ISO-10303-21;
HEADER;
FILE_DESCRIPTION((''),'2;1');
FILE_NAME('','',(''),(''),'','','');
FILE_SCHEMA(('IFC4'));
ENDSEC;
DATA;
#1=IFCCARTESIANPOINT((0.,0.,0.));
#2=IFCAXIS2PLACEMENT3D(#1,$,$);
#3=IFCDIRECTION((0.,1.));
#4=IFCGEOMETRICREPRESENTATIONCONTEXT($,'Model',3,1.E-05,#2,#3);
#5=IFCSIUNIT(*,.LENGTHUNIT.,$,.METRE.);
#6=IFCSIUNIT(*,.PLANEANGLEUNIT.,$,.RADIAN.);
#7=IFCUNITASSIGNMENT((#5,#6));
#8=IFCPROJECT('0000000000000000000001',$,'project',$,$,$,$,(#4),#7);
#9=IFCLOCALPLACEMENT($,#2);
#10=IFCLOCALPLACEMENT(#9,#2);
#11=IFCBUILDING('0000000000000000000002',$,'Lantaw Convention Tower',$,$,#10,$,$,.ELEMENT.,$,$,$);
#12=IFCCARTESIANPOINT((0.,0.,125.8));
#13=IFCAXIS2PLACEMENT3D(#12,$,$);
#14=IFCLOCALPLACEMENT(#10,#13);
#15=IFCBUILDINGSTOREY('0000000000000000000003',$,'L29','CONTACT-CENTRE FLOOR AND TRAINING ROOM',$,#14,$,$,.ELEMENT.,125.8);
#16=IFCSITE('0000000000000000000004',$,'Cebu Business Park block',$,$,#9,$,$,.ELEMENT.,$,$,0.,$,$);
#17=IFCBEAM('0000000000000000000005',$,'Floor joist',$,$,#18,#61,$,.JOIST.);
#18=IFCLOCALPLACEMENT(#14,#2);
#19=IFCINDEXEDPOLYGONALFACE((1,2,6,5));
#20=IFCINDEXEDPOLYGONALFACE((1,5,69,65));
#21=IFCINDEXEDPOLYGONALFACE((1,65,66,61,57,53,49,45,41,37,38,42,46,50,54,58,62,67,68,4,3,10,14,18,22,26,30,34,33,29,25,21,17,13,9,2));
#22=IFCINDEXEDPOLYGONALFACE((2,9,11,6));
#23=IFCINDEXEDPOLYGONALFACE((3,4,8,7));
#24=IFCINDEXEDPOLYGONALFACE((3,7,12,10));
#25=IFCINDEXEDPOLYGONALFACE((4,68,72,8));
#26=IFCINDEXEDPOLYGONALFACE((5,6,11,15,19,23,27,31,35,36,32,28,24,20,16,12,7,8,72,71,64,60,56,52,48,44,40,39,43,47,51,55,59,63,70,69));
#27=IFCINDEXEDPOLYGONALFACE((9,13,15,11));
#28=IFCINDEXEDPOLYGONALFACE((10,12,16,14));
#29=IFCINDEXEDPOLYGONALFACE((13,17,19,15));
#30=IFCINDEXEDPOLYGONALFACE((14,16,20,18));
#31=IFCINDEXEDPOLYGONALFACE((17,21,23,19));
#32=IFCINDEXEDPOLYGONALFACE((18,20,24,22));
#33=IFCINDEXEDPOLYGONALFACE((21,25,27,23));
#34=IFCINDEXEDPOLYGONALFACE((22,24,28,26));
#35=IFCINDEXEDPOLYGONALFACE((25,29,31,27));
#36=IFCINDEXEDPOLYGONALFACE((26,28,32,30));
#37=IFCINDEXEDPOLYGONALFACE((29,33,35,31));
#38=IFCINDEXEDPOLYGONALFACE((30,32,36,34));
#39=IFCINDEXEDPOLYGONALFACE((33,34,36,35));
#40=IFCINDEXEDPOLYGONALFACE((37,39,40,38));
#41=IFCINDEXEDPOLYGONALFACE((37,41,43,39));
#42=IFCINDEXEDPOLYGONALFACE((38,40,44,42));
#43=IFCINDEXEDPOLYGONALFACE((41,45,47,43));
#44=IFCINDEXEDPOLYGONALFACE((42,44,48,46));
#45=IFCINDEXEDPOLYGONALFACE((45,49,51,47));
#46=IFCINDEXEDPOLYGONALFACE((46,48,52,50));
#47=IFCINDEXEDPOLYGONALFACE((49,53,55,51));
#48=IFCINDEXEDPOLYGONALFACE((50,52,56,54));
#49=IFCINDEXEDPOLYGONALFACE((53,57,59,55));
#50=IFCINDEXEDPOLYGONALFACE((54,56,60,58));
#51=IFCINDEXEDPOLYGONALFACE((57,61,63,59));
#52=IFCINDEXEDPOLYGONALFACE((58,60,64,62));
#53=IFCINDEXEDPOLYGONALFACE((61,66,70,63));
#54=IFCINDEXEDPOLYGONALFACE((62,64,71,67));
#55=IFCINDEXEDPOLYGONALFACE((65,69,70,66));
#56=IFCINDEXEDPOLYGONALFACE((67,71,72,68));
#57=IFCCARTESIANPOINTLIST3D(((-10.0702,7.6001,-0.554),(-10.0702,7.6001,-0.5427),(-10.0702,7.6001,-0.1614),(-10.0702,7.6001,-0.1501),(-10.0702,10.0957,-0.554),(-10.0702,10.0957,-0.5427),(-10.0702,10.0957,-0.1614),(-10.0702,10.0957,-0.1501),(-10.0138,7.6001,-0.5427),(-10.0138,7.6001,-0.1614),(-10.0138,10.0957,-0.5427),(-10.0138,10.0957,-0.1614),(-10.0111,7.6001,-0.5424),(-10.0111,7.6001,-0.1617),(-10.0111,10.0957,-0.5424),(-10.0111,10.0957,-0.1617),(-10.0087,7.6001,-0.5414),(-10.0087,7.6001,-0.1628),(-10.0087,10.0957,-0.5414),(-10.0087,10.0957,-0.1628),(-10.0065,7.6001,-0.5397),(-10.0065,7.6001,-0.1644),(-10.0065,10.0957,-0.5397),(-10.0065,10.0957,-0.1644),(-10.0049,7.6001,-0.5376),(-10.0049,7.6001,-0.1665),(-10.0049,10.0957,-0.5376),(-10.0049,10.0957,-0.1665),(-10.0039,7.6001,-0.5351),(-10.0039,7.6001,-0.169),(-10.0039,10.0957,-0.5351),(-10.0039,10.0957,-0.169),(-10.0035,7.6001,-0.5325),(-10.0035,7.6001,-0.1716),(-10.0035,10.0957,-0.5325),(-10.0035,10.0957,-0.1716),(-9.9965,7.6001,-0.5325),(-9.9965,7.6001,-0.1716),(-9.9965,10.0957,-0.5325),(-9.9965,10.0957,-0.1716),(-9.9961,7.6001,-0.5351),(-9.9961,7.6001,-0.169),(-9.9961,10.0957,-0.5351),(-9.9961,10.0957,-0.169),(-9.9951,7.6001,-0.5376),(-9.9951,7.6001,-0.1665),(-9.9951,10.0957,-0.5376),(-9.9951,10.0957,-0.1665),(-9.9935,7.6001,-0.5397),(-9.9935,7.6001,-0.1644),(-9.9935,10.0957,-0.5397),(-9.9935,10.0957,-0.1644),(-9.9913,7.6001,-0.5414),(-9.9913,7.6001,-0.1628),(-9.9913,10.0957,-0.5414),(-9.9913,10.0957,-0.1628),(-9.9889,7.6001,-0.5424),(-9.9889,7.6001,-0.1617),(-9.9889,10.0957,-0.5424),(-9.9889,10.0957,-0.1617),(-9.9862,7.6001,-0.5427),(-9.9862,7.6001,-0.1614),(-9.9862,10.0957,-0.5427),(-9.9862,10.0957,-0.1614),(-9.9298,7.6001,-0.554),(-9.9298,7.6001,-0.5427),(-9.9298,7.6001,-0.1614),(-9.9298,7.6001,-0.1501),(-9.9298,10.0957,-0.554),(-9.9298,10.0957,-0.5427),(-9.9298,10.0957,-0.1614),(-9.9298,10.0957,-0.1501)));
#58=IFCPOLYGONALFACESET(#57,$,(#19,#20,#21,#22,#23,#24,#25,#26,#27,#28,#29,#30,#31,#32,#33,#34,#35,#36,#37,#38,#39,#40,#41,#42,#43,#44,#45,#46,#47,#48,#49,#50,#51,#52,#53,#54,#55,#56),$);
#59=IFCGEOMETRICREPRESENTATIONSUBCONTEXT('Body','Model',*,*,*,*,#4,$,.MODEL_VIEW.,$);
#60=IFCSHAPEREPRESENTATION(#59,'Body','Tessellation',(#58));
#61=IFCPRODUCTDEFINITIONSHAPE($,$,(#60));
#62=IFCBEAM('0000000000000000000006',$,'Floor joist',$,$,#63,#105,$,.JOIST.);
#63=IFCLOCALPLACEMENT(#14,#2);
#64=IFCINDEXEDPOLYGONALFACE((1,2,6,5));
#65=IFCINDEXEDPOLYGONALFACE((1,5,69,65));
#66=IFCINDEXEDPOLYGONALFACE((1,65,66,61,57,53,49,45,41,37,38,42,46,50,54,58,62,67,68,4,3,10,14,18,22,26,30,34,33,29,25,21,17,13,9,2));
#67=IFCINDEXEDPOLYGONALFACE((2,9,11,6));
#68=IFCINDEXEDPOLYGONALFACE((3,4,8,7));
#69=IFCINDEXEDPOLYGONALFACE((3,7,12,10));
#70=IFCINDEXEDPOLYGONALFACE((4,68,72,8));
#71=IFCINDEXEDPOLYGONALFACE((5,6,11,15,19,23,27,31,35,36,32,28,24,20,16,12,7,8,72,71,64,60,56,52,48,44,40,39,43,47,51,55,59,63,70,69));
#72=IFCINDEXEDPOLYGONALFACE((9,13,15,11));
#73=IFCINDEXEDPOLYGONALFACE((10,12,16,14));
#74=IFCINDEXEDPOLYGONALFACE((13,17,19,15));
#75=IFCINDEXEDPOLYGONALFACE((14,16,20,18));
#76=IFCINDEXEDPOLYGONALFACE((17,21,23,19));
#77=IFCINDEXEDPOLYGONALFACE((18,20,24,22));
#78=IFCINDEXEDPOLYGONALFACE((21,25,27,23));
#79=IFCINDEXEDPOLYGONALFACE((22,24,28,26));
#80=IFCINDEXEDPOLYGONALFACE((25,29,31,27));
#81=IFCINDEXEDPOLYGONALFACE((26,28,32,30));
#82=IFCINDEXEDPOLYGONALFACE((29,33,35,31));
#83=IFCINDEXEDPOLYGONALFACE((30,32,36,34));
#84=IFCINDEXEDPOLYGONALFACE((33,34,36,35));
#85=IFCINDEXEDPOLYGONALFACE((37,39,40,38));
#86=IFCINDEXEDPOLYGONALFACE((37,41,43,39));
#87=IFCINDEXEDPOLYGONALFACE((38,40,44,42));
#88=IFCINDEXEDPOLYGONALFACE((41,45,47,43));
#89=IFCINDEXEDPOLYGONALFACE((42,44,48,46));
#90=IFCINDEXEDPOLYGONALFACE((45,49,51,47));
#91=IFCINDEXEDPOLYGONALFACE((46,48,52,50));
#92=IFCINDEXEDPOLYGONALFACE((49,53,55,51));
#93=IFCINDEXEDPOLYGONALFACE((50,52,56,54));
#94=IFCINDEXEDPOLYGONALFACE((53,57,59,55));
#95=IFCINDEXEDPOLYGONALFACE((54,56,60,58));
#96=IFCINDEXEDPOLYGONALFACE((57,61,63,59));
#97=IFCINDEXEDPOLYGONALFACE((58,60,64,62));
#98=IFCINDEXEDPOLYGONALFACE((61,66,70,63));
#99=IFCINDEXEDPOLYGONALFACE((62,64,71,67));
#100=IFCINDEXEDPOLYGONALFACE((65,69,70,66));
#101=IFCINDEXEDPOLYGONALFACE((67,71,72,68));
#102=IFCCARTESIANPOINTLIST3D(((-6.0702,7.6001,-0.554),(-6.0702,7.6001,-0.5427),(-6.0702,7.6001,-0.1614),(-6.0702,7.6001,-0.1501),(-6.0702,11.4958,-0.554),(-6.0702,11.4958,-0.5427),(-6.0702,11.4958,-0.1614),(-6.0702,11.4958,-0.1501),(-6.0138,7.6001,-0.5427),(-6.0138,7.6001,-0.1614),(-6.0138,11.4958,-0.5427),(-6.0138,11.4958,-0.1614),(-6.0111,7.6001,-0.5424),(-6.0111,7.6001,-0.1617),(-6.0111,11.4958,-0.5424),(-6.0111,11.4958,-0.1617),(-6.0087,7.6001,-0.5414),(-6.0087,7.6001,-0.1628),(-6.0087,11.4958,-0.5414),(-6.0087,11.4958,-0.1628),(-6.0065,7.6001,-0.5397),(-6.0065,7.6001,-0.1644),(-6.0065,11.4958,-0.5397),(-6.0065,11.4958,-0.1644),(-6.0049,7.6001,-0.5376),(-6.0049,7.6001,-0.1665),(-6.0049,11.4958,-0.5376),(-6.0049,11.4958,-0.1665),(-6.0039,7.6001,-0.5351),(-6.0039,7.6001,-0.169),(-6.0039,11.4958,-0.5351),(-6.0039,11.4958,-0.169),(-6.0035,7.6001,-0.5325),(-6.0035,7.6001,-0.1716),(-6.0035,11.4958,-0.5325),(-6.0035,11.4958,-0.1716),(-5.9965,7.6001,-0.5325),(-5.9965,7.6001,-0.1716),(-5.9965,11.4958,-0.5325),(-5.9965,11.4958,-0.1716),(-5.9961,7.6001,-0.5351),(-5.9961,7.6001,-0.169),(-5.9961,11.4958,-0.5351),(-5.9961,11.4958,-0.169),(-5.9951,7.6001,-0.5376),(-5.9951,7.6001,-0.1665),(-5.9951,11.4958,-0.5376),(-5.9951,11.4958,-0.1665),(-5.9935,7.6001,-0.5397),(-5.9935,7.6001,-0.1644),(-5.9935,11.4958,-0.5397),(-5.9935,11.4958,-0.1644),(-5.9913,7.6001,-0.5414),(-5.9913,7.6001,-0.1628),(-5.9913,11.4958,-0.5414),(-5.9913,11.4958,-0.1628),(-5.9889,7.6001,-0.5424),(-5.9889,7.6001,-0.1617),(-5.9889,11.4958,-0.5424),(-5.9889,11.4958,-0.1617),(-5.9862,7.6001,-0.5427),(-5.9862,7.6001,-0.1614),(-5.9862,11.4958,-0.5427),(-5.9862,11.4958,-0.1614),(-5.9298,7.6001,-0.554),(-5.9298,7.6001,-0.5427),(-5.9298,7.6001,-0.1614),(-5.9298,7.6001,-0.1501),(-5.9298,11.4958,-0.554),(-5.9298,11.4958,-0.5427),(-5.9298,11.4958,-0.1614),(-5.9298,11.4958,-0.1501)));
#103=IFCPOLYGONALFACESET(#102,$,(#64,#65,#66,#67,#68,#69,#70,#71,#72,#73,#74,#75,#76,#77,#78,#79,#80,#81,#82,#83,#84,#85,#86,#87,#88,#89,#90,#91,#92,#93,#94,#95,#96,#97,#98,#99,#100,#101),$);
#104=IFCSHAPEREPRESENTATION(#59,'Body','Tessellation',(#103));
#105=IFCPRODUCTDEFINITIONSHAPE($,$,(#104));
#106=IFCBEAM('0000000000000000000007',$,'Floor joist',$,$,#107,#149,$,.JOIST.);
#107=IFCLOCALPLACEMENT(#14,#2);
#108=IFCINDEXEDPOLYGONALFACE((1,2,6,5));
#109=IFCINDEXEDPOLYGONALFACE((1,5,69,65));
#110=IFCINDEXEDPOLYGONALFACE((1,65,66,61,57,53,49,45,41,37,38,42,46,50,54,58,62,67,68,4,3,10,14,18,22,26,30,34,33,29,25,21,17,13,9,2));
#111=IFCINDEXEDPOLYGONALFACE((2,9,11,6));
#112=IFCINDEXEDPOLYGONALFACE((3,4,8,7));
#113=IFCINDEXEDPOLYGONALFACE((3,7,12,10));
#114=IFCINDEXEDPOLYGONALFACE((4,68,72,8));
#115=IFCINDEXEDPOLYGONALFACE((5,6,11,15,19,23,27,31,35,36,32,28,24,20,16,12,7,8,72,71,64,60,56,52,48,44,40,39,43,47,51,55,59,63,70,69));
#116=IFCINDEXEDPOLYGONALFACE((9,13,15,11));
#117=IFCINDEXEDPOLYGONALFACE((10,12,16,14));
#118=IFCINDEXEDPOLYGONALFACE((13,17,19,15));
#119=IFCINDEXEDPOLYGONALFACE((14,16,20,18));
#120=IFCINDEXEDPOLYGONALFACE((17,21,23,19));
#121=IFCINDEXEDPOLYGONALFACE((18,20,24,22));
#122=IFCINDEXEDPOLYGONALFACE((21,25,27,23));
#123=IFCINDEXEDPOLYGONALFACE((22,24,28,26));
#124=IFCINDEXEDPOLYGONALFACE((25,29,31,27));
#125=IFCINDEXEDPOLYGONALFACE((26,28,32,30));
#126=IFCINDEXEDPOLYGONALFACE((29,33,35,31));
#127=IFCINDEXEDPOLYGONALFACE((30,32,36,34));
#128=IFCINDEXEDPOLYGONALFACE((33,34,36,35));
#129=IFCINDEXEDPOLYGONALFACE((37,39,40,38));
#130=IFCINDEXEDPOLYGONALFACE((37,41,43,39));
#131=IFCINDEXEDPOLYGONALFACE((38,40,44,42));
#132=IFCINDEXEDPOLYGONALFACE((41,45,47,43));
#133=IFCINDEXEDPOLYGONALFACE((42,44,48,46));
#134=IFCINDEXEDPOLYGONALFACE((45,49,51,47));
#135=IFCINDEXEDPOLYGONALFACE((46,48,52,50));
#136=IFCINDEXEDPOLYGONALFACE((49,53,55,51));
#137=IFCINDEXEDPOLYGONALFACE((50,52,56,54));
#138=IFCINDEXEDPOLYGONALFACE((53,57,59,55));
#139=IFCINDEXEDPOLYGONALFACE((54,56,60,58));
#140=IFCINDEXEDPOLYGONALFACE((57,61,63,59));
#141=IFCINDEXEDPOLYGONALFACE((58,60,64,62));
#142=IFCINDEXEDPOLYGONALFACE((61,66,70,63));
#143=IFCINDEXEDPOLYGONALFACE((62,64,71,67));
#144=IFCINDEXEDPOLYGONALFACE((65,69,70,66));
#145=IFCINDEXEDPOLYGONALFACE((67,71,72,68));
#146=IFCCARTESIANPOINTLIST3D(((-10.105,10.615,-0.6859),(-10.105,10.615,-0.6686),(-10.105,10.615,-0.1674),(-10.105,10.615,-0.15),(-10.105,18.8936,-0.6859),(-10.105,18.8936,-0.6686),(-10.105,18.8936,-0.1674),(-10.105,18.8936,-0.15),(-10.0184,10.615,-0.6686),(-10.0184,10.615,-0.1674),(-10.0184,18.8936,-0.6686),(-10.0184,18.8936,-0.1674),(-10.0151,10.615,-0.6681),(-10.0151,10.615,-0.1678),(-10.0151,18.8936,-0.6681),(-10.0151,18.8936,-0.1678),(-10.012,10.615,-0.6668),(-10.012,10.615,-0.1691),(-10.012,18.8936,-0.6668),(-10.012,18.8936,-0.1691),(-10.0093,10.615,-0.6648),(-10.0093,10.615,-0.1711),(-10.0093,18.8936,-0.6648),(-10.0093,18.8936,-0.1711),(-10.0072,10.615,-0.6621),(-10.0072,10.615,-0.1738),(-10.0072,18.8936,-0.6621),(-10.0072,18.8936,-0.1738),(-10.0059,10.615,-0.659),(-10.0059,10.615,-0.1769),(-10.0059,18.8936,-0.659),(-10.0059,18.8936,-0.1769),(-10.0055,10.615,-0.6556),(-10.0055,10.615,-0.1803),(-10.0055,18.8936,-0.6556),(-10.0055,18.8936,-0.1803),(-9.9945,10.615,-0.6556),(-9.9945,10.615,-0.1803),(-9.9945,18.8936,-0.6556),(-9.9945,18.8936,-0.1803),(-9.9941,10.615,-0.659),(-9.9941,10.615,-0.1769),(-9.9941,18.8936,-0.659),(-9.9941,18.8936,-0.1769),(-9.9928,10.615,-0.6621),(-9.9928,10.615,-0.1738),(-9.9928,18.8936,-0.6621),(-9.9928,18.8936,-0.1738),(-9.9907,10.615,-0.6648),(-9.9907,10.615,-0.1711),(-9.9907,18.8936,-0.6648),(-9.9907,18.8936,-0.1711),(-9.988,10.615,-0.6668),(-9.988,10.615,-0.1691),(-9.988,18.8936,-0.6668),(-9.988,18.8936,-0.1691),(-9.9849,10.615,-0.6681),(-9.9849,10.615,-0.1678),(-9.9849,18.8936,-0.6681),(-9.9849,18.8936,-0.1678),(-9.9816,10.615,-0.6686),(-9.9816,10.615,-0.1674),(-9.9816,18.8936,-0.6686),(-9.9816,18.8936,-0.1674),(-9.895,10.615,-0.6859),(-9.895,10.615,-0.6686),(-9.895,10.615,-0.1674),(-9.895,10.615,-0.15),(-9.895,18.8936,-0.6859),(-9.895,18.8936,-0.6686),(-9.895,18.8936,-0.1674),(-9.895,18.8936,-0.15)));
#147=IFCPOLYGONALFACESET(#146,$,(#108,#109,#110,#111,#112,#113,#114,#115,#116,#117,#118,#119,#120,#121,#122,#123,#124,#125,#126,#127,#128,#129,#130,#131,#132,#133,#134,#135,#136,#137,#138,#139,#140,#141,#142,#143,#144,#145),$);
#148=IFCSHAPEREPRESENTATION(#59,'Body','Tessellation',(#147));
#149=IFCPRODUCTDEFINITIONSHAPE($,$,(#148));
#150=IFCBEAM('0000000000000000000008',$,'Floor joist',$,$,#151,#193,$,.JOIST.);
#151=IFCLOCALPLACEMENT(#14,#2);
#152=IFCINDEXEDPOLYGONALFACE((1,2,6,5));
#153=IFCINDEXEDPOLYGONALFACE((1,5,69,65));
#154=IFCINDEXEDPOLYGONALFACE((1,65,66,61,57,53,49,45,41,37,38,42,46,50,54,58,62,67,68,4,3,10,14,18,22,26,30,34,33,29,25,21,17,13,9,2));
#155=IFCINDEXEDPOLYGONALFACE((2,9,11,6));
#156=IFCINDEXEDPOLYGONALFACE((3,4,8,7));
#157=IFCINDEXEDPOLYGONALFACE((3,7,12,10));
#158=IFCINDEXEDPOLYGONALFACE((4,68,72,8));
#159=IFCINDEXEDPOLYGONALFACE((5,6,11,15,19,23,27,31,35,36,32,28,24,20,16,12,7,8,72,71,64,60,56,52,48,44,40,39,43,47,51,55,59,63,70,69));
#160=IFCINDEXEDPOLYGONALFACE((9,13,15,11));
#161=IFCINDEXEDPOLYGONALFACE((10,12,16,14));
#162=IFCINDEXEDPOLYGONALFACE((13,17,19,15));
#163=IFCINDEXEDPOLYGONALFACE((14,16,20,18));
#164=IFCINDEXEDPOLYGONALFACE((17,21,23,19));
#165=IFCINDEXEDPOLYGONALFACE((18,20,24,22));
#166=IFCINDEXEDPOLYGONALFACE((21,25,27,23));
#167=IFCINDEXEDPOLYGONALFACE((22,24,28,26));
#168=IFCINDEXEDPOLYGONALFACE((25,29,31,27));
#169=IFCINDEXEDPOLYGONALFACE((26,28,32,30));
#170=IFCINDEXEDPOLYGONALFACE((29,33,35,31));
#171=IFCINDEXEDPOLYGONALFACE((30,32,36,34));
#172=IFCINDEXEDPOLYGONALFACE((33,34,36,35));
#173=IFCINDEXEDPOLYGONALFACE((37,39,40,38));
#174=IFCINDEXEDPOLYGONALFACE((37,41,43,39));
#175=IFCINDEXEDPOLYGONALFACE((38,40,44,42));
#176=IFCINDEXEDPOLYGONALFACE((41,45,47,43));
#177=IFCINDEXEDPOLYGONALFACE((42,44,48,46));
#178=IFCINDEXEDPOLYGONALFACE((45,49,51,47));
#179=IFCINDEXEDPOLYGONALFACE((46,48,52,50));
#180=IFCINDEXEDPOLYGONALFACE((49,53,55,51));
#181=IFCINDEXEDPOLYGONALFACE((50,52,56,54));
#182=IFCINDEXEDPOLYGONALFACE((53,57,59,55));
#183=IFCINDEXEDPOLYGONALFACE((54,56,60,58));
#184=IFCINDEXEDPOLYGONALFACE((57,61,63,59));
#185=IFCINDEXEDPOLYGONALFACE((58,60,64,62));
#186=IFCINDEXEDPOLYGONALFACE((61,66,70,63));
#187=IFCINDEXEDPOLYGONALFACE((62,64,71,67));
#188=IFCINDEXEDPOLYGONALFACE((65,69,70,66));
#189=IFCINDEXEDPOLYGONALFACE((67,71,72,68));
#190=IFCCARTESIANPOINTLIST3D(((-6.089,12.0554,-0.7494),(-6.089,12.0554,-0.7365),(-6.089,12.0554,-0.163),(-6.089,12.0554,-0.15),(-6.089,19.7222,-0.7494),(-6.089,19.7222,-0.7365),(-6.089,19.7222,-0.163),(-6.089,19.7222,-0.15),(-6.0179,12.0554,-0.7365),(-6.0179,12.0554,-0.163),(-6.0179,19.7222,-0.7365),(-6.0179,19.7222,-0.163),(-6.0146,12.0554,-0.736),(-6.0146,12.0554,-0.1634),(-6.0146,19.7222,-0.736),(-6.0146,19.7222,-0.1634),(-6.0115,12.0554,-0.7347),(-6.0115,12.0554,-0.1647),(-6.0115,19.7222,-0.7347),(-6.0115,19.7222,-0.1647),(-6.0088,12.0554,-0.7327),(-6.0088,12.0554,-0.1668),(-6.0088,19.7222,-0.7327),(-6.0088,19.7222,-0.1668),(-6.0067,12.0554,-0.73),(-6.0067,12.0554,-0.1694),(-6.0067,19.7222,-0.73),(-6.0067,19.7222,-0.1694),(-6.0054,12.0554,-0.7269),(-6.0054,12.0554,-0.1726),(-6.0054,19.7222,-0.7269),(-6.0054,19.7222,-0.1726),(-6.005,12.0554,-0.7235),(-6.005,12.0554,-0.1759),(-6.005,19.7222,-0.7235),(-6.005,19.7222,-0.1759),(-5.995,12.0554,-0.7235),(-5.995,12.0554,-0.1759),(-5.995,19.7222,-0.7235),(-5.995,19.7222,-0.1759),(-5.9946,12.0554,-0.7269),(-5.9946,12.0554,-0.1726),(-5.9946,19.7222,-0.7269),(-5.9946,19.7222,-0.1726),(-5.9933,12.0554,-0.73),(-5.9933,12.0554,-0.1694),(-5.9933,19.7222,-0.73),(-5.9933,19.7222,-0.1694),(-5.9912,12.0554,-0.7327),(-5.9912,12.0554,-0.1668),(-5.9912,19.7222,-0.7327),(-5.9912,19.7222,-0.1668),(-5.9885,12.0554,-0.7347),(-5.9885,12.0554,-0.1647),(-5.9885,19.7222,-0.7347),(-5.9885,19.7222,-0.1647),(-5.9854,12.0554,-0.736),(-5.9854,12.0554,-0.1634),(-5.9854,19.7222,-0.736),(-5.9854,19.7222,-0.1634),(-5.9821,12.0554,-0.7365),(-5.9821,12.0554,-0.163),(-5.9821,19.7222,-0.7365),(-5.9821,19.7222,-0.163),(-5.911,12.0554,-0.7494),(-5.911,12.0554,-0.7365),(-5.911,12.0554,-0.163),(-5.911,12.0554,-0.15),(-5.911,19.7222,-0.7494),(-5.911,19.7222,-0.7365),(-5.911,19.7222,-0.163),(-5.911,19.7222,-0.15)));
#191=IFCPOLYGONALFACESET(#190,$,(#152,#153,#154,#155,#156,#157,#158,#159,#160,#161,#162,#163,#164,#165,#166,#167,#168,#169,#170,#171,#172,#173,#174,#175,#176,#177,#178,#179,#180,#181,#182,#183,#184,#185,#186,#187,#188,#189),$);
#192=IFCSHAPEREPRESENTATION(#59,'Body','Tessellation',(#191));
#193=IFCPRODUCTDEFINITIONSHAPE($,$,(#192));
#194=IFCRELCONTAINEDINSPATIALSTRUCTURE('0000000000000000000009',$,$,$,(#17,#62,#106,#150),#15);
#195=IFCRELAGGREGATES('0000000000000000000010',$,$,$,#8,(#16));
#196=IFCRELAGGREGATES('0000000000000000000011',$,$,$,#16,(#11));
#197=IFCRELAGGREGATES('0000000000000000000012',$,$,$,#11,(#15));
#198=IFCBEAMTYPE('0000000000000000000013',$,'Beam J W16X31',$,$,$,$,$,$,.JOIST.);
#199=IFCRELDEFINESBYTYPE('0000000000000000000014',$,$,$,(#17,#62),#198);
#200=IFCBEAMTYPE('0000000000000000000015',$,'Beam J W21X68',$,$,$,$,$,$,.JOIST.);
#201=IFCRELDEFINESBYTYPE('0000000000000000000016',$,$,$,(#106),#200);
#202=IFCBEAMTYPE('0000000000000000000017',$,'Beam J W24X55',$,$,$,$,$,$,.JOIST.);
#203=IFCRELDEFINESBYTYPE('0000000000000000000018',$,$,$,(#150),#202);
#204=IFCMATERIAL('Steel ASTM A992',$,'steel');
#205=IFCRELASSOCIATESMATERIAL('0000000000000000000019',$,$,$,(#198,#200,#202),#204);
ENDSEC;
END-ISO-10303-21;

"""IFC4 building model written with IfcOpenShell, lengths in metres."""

from ifc_helpers import new_model, si_unit, direction, frame, origin, origin_2d, place, context, subcontext, project, spatial, i_section, extrude, material, material_profile, profile_set, type_object, element, save


model = new_model("IFC4")

# Units and contexts
model_context = context("Model", 3, precision=1e-05, world=origin(), true_north=direction((0.0, 1.0)))
body_context = subcontext(model_context, "Body", "Model", "MODEL_VIEW")
ifc_project = project(units=[si_unit("LENGTHUNIT", "METRE"), si_unit("PLANEANGLEUNIT", "RADIAN")], contexts=[model_context])

# Site, building, storey
site_placement = place(None, origin())
site = spatial("IfcSite", under=ifc_project, at=site_placement, Name="Cebu Business Park block", CompositionType="ELEMENT", RefElevation=0.0)
building_placement = place(site_placement, origin())
building = spatial("IfcBuilding", under=site, at=building_placement, Name="Lantaw Convention Tower", CompositionType="ELEMENT")
storey_placement = place(building_placement, frame((0.0, 0.0, 125.8)))
storey = spatial("IfcBuildingStorey", under=building, at=storey_placement, Name="L29", Description="CONTACT-CENTRE FLOOR AND TRAINING ROOM", CompositionType="ELEMENT", Elevation=125.8)

# Beams
ifc_material_1 = material(Name="Steel ASTM A992", Category="steel")
ifc_material_profile_1 = material_profile(ifc_material_1, i_section(OverallWidth=0.1404, OverallDepth=0.4038, WebThickness=0.0071, FlangeThickness=0.0112, FilletRadius=0.0103, at=origin_2d()), Name="W16X31")
ifc_profile_set_1 = profile_set([ifc_material_profile_1], Name="Steel ASTM A992")
beam_type_1 = type_object("IfcBeamType", Name="Beam J W16X31", PredefinedType="JOIST", material=ifc_profile_set_1)
beam_1_placement = place(storey_placement, frame((-10.0, 7.6001, -0.3521), z_axis=(0.0, 1.0, 0.0), x_axis=(-1.0, 0.0, 0.0)))
element("IfcBeam", 1, at=beam_1_placement, inside=storey, type_object=beam_type_1, Name="Floor joist", PredefinedType="JOIST", context=body_context, shape_type="SweptSolid", body=[
    extrude(i_section(OverallWidth=0.1404, OverallDepth=0.4038, WebThickness=0.0071, FlangeThickness=0.0112, FilletRadius=0.0103, at=origin_2d()), origin(), (0.0, 0.0, 1.0), 2.4956),
])
beam_2_placement = place(storey_placement, frame((-6.0, 7.6001, -0.3521), z_axis=(0.0, 1.0, 0.0), x_axis=(-1.0, 0.0, 0.0)))
element("IfcBeam", 2, at=beam_2_placement, inside=storey, type_object=beam_type_1, Name="Floor joist", PredefinedType="JOIST", context=body_context, shape_type="SweptSolid", body=[
    extrude(i_section(OverallWidth=0.1404, OverallDepth=0.4038, WebThickness=0.0071, FlangeThickness=0.0112, FilletRadius=0.0103, at=origin_2d()), origin(), (0.0, 0.0, 1.0), 3.8958),
])
ifc_material_profile_2 = material_profile(ifc_material_1, i_section(OverallWidth=0.21, OverallDepth=0.5359, WebThickness=0.011, FlangeThickness=0.0173, FilletRadius=0.0129, at=origin_2d()), Name="W21X68")
ifc_profile_set_2 = profile_set([ifc_material_profile_2], Name="Steel ASTM A992")
beam_type_2 = type_object("IfcBeamType", Name="Beam J W21X68", PredefinedType="JOIST", material=ifc_profile_set_2)
beam_3_placement = place(storey_placement, frame((-10.0, 10.615, -0.418), z_axis=(0.0, 1.0, 0.0), x_axis=(-1.0, 0.0, 0.0)))
element("IfcBeam", 3, at=beam_3_placement, inside=storey, type_object=beam_type_2, Name="Floor joist", PredefinedType="JOIST", context=body_context, shape_type="SweptSolid", body=[
    extrude(i_section(OverallWidth=0.21, OverallDepth=0.5359, WebThickness=0.011, FlangeThickness=0.0173, FilletRadius=0.0129, at=origin_2d()), origin(), (0.0, 0.0, 1.0), 8.2786),
])
ifc_material_profile_3 = material_profile(ifc_material_1, i_section(OverallWidth=0.178, OverallDepth=0.5994, WebThickness=0.01, FlangeThickness=0.0129, FilletRadius=0.0129, at=origin_2d()), Name="W24X55")
ifc_profile_set_3 = profile_set([ifc_material_profile_3], Name="Steel ASTM A992")
beam_type_3 = type_object("IfcBeamType", Name="Beam J W24X55", PredefinedType="JOIST", material=ifc_profile_set_3)
beam_4_placement = place(storey_placement, frame((-6.0, 12.0554, -0.4497), z_axis=(0.0, 1.0, 0.0), x_axis=(-1.0, 0.0, 0.0)))
element("IfcBeam", 4, at=beam_4_placement, inside=storey, type_object=beam_type_3, Name="Floor joist", PredefinedType="JOIST", context=body_context, shape_type="SweptSolid", body=[
    extrude(i_section(OverallWidth=0.178, OverallDepth=0.5994, WebThickness=0.01, FlangeThickness=0.0129, FilletRadius=0.0129, at=origin_2d()), origin(), (0.0, 0.0, 1.0), 7.6667),
])

save(model, "model.ifc")
